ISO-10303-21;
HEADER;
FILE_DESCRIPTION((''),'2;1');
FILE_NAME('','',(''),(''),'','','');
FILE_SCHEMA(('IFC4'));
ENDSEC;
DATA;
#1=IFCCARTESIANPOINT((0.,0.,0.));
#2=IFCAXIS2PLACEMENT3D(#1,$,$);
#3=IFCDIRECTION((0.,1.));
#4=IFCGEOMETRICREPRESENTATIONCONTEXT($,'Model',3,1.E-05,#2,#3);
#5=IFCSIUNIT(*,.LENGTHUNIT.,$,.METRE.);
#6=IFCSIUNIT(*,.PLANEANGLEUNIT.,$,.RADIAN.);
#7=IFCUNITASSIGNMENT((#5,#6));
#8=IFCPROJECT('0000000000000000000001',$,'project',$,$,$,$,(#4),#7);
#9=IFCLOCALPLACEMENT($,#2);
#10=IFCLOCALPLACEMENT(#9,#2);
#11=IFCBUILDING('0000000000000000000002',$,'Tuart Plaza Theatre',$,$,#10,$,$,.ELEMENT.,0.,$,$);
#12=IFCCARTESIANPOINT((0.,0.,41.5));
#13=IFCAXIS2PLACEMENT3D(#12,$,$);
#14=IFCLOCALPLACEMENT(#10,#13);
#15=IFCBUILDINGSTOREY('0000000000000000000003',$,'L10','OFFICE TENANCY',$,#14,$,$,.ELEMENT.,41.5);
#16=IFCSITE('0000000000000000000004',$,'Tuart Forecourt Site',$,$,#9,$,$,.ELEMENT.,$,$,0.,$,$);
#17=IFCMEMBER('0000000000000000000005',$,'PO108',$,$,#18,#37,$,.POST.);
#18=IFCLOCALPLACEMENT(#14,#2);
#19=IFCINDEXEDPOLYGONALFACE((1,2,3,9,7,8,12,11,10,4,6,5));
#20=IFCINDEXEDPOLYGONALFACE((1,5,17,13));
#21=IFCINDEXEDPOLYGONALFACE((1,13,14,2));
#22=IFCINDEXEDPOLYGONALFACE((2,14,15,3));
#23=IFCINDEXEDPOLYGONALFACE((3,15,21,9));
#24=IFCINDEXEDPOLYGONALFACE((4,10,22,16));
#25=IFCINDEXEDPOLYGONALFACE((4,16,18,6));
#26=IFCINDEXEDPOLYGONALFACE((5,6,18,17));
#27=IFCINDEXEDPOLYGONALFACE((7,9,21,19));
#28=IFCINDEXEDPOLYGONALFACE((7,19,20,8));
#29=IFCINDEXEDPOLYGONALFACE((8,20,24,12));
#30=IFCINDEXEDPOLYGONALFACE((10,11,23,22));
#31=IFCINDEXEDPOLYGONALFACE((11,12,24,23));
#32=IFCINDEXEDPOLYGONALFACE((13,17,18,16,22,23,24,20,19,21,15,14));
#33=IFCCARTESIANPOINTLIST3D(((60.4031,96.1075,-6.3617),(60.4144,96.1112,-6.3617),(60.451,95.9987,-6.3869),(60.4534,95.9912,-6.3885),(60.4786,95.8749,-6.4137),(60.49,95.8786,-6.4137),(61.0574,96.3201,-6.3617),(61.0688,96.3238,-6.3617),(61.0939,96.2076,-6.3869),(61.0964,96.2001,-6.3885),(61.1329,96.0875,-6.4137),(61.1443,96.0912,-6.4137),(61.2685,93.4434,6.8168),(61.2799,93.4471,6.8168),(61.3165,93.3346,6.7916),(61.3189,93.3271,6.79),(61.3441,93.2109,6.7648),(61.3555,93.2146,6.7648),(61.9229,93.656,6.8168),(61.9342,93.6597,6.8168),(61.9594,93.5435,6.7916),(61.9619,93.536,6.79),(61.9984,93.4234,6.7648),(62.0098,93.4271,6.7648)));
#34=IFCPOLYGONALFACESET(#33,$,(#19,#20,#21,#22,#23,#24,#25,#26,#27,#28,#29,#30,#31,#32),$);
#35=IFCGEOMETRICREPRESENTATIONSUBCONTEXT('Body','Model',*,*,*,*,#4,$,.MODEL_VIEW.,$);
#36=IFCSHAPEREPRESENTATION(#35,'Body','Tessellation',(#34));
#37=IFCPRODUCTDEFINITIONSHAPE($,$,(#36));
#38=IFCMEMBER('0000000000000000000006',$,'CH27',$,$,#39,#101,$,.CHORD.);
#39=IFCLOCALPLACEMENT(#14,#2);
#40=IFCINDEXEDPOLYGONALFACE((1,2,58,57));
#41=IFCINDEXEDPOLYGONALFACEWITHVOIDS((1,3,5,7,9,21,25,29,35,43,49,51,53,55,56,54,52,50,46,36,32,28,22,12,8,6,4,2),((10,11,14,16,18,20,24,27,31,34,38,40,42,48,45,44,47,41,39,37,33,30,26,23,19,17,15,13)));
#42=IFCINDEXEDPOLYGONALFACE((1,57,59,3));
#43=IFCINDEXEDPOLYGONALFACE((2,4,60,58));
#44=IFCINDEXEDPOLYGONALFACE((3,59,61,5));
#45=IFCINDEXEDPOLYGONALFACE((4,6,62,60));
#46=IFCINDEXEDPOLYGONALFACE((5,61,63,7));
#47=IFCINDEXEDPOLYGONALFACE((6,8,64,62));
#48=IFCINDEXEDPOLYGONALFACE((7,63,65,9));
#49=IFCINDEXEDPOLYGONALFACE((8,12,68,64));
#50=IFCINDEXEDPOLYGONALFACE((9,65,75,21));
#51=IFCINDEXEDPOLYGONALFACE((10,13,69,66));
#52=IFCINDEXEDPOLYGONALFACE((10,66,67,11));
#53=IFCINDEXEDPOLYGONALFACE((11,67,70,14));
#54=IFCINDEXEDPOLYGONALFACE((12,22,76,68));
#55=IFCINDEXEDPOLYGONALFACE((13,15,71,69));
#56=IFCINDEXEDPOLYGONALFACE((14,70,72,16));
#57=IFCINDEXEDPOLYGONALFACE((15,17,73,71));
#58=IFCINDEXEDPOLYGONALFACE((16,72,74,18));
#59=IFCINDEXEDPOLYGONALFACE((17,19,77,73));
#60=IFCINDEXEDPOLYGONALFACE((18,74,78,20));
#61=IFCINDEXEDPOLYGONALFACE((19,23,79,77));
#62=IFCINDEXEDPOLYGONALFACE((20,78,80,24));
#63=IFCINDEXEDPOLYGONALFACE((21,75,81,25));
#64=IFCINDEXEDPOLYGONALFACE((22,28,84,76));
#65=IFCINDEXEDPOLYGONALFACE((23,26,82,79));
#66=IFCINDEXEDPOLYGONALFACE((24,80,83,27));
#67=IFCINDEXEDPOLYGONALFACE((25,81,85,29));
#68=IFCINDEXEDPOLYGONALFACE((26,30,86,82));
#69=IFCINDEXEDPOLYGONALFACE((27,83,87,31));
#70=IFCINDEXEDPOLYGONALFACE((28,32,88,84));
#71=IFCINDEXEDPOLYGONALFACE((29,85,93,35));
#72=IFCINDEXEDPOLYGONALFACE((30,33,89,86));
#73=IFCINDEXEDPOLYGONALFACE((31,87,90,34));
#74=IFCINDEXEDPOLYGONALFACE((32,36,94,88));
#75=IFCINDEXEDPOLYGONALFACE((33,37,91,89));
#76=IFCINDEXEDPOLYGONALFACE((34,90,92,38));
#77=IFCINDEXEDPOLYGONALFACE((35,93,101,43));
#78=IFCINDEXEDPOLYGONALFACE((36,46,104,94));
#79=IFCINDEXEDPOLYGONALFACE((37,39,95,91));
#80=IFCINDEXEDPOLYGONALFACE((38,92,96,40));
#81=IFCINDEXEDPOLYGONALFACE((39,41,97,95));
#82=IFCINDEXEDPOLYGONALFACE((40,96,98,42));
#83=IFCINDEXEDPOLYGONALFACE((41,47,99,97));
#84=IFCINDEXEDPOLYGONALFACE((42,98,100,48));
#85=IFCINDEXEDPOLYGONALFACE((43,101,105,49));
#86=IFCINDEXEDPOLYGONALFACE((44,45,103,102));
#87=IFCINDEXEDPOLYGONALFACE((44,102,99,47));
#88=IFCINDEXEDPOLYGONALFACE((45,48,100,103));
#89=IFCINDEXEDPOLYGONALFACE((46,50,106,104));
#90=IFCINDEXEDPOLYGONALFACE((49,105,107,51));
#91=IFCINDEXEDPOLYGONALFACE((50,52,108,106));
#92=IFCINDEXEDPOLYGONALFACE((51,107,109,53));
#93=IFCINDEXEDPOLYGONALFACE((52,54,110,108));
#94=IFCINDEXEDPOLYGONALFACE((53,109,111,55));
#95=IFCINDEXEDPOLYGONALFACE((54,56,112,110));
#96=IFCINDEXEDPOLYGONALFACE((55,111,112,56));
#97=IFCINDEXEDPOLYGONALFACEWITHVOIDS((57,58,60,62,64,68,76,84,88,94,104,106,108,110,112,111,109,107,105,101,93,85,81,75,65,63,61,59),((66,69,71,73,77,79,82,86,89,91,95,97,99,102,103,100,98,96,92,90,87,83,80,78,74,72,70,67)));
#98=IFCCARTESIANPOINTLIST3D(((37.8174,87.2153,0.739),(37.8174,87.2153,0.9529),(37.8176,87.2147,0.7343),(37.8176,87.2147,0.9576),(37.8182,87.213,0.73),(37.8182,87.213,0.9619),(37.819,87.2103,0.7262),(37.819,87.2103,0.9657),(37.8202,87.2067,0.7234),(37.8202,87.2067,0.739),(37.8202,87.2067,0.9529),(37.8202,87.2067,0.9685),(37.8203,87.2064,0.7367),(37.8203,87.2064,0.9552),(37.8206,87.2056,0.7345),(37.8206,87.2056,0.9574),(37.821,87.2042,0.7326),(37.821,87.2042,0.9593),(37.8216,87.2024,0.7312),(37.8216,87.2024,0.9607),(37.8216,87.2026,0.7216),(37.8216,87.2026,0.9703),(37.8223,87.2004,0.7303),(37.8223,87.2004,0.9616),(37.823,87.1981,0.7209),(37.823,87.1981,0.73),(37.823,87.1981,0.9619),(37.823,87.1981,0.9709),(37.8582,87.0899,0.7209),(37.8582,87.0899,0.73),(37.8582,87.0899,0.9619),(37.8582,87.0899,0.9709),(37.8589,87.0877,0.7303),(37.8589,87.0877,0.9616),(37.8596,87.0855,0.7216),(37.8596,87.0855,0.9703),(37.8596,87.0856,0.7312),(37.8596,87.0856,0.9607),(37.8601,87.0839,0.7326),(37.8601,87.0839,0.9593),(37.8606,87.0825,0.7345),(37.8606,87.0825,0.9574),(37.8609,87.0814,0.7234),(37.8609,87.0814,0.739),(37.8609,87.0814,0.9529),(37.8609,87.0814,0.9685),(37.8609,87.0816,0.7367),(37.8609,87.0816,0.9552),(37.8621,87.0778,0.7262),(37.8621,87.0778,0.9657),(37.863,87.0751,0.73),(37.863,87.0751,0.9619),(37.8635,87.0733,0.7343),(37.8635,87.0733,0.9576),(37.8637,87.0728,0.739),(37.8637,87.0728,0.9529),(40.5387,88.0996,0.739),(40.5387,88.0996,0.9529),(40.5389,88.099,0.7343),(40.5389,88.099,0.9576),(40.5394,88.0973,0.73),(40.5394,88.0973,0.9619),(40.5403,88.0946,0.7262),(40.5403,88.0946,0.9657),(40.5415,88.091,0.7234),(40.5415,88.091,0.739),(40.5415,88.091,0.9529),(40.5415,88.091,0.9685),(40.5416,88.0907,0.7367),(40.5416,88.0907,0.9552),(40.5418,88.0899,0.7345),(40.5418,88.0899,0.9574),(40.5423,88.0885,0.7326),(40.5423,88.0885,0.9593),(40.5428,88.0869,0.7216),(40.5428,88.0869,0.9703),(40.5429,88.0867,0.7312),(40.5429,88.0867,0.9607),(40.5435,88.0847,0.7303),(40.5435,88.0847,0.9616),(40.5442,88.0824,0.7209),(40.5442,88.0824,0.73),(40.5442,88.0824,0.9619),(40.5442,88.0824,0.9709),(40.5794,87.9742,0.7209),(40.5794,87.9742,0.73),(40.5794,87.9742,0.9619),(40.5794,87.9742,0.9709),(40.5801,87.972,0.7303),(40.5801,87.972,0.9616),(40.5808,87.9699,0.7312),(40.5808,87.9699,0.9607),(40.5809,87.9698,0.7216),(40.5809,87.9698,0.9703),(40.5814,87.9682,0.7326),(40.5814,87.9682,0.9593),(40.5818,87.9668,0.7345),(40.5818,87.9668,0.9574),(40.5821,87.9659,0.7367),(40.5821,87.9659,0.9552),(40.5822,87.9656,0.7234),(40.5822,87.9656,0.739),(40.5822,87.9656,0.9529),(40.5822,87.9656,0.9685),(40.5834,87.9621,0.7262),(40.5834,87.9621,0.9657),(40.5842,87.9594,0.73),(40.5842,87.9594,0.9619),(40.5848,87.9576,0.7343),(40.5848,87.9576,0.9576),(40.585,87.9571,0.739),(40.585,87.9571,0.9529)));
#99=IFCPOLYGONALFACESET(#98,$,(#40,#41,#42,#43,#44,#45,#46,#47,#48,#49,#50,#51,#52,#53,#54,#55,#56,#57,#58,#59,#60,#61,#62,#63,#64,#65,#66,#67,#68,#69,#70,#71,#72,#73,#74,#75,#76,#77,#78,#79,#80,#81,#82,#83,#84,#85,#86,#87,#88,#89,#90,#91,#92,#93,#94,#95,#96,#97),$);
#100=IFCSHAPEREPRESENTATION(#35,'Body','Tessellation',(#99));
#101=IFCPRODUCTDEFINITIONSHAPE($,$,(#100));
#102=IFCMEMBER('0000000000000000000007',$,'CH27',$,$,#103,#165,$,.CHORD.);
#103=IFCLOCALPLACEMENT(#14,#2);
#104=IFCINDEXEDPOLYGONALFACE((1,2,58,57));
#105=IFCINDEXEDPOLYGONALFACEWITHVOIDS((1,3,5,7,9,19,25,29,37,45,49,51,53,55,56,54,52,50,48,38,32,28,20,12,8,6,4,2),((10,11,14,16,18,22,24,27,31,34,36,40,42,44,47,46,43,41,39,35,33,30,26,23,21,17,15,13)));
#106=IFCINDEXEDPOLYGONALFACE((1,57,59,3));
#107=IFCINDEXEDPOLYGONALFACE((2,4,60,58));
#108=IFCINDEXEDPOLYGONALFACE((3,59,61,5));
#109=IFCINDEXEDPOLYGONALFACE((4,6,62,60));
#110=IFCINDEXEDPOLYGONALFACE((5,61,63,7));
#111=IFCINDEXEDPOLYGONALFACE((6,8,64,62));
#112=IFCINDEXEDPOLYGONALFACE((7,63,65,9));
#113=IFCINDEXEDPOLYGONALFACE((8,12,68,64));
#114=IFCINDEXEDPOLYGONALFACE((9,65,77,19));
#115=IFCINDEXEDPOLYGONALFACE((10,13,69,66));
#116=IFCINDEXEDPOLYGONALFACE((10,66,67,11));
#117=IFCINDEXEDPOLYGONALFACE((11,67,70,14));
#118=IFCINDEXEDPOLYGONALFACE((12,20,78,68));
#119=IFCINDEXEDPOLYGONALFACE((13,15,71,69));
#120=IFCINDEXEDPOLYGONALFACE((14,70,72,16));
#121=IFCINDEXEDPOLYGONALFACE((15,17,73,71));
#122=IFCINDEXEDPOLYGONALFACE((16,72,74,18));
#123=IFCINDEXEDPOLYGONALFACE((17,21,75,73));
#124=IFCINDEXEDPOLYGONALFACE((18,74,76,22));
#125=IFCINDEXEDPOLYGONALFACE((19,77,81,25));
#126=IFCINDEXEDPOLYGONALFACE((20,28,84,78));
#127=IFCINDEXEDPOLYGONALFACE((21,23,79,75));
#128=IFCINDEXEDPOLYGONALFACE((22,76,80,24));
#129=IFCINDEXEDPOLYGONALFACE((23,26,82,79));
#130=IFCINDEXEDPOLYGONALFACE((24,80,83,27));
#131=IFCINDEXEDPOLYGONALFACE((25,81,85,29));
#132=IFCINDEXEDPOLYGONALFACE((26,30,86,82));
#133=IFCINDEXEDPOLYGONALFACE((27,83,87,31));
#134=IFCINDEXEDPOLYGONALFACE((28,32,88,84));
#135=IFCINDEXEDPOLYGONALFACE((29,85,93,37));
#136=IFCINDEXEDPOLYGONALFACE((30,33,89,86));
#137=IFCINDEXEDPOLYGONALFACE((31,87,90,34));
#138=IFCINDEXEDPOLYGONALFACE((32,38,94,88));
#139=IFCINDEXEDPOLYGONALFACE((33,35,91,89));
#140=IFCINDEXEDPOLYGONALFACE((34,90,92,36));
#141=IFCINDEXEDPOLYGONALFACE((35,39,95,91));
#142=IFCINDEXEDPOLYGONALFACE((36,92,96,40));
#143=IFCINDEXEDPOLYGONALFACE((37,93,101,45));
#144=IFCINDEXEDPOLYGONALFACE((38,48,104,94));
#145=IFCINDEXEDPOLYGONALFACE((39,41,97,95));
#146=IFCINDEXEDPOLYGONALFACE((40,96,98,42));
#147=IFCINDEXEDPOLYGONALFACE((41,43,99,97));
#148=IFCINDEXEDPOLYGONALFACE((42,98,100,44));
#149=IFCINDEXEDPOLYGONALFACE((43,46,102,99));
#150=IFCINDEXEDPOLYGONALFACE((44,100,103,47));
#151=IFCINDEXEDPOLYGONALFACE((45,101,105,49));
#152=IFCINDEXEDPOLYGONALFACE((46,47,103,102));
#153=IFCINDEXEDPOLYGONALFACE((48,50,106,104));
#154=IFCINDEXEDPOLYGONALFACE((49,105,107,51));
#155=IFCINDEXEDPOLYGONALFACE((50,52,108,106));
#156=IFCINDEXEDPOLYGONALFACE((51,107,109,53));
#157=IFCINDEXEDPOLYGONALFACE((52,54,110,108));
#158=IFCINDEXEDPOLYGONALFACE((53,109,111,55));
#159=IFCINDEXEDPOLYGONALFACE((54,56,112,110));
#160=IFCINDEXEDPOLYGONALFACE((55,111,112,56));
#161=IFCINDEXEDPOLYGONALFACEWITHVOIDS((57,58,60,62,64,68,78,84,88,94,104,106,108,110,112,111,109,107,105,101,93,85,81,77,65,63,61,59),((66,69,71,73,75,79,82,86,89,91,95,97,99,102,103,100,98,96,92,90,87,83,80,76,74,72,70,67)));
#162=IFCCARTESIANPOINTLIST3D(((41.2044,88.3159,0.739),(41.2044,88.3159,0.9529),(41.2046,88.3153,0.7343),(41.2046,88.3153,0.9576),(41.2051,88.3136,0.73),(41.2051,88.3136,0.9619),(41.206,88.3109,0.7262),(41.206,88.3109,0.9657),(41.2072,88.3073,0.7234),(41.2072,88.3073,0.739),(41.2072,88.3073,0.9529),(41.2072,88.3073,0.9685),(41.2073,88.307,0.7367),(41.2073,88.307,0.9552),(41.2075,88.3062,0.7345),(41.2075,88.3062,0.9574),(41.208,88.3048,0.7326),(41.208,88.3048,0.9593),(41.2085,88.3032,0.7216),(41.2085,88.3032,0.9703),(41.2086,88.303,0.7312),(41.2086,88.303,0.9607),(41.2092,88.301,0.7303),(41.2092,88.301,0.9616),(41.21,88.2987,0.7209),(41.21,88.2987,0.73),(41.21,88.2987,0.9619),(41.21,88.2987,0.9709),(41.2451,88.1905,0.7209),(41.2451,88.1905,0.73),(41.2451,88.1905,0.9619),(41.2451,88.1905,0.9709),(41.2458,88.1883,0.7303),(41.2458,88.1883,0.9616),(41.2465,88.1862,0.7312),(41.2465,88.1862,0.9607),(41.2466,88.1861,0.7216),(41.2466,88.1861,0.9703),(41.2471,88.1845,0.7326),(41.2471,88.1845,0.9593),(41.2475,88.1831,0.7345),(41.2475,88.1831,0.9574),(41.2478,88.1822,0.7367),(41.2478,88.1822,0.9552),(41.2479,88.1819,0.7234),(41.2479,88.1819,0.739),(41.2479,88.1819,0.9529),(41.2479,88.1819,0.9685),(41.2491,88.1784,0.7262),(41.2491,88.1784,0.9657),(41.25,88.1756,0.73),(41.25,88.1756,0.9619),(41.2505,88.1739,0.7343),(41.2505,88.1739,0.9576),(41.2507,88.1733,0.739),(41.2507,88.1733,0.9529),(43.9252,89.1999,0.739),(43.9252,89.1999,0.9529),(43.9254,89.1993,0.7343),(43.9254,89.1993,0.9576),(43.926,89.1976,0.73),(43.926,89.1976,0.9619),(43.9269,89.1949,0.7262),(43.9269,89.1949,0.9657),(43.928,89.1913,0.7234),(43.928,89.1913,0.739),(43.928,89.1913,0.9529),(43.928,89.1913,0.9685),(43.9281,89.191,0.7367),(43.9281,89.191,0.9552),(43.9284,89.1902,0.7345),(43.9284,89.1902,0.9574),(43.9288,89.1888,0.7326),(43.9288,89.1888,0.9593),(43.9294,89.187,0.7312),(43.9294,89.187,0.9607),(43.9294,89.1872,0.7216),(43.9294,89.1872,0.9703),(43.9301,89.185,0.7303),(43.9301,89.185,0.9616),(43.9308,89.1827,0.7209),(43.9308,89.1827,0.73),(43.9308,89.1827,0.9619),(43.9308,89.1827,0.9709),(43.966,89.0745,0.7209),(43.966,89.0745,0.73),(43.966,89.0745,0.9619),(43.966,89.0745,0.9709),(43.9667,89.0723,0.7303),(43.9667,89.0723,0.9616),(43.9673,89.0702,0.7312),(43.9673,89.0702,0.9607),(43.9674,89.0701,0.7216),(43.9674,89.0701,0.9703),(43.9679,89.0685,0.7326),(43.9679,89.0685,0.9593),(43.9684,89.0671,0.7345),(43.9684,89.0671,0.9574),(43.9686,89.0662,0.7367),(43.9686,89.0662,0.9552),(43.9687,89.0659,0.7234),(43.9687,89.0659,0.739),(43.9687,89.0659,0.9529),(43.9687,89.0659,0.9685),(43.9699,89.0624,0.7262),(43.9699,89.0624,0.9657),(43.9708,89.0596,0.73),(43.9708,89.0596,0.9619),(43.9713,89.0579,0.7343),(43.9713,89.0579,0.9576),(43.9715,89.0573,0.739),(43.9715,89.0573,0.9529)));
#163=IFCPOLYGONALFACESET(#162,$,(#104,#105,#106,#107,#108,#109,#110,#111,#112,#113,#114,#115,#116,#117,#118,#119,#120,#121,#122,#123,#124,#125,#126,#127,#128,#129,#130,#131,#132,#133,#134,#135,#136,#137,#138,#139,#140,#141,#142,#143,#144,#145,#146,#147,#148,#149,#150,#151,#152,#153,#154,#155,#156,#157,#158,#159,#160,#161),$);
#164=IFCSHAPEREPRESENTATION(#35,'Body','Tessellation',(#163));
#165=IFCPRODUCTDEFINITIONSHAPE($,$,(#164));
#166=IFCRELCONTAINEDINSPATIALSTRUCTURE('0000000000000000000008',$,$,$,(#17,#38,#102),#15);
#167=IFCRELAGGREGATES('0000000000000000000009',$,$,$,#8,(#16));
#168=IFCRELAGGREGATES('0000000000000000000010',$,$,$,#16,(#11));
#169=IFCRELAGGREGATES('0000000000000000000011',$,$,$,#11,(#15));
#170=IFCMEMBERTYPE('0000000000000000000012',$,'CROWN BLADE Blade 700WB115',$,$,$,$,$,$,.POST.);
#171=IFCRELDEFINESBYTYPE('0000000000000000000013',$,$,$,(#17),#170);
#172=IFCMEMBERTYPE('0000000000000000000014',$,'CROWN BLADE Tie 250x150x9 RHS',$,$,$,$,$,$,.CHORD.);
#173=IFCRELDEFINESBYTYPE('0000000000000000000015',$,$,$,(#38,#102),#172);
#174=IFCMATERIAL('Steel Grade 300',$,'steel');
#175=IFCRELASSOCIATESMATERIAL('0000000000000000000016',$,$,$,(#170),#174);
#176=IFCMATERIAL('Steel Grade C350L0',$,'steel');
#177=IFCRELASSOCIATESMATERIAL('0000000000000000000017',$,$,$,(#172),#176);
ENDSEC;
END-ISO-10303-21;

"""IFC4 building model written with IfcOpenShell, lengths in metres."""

from ifc_helpers import new_model, si_unit, direction, frame, origin, origin_2d, place, context, subcontext, project, spatial, hollow_rectangle, i_section, extrude, material, material_profile, profile_set, type_object, element, save


model = new_model("IFC4")

# Units and contexts
model_context = context("Model", 3, precision=1e-05, world=origin(), true_north=direction((0.0, 1.0)))
body_context = subcontext(model_context, "Body", "Model", "MODEL_VIEW")
ifc_project = project(units=[si_unit("LENGTHUNIT", "METRE"), si_unit("PLANEANGLEUNIT", "RADIAN")], contexts=[model_context])

# Site, building, storey
site_placement = place(None, origin())
site = spatial("IfcSite", under=ifc_project, at=site_placement, Name="Tuart Forecourt Site", CompositionType="ELEMENT", RefElevation=0.0)
building_placement = place(site_placement, origin())
building = spatial("IfcBuilding", under=site, at=building_placement, Name="Tuart Plaza Theatre", CompositionType="ELEMENT", ElevationOfRefHeight=0.0)
storey_placement = place(building_placement, frame((0.0, 0.0, 41.5)))
storey = spatial("IfcBuildingStorey", under=building, at=storey_placement, Name="L10", Description="OFFICE TENANCY", CompositionType="ELEMENT", Elevation=41.5)

# Members
ifc_material_1 = material(Name="Steel Grade 300", Category="steel")
ifc_material_profile_1 = material_profile(ifc_material_1, i_section(OverallWidth=0.25, OverallDepth=0.7, WebThickness=0.0081, FlangeThickness=0.012, at=origin_2d()), Name="700WB115")
ifc_profile_set_1 = profile_set([ifc_material_profile_1], Name="Steel Grade 300")
member_type_1 = type_object("IfcMemberType", Name="CROWN BLADE Blade 700WB115", PredefinedType="POST", material=ifc_profile_set_1)
member_1_placement = place(storey_placement, frame((60.7737, 96.0994, -6.3877), z_axis=(0.064239, -0.197735, 0.978148), x_axis=(-0.302224, 0.930287, 0.207908)))
element("IfcMember", 1, at=member_1_placement, inside=storey, type_object=member_type_1, Name="PO108", PredefinedType="POST", context=body_context, shape_type="SweptSolid", body=[
    extrude(i_section(OverallWidth=0.25, OverallDepth=0.7, WebThickness=0.0081, FlangeThickness=0.012, at=origin_2d()), origin(), (0.0, 0.0, 1.0), 13.4729),
])
ifc_material_2 = material(Name="Steel Grade C350L0", Category="steel")
ifc_material_profile_2 = material_profile(ifc_material_2, hollow_rectangle(XDim=0.1499, YDim=0.25, WallThickness=0.009, InnerFilletRadius=0.009, OuterFilletRadius=0.0181, at=origin_2d()), Name="250x150x9 RHS")
ifc_profile_set_2 = profile_set([ifc_material_profile_2], Name="Steel Grade C350L0")
member_type_2 = type_object("IfcMemberType", Name="CROWN BLADE Tie 250x150x9 RHS", PredefinedType="CHORD", material=ifc_profile_set_2)
member_2_placement = place(storey_placement, frame((37.8406, 87.144, 0.8459), z_axis=(0.951045, 0.309051, 0.0), x_axis=(-0.309051, 0.951045, 0.0)))
element("IfcMember", 2, at=member_2_placement, inside=storey, type_object=member_type_2, Name="CH27", PredefinedType="CHORD", context=body_context, shape_type="SweptSolid", body=[
    extrude(hollow_rectangle(XDim=0.1499, YDim=0.25, WallThickness=0.009, InnerFilletRadius=0.009, OuterFilletRadius=0.0181, at=origin_2d()), origin(), (0.0, 0.0, 1.0), 2.8613),
])
member_3_placement = place(storey_placement, frame((41.2275, 88.2446, 0.8459), z_axis=(0.951062, 0.308999, 0.0), x_axis=(-0.308999, 0.951062, 0.0)))
element("IfcMember", 3, at=member_3_placement, inside=storey, type_object=member_type_2, Name="CH27", PredefinedType="CHORD", context=body_context, shape_type="SweptSolid", body=[
    extrude(hollow_rectangle(XDim=0.1499, YDim=0.25, WallThickness=0.009, InnerFilletRadius=0.009, OuterFilletRadius=0.0181, at=origin_2d()), origin(), (0.0, 0.0, 1.0), 2.8608),
])

save(model, "model.ifc")
